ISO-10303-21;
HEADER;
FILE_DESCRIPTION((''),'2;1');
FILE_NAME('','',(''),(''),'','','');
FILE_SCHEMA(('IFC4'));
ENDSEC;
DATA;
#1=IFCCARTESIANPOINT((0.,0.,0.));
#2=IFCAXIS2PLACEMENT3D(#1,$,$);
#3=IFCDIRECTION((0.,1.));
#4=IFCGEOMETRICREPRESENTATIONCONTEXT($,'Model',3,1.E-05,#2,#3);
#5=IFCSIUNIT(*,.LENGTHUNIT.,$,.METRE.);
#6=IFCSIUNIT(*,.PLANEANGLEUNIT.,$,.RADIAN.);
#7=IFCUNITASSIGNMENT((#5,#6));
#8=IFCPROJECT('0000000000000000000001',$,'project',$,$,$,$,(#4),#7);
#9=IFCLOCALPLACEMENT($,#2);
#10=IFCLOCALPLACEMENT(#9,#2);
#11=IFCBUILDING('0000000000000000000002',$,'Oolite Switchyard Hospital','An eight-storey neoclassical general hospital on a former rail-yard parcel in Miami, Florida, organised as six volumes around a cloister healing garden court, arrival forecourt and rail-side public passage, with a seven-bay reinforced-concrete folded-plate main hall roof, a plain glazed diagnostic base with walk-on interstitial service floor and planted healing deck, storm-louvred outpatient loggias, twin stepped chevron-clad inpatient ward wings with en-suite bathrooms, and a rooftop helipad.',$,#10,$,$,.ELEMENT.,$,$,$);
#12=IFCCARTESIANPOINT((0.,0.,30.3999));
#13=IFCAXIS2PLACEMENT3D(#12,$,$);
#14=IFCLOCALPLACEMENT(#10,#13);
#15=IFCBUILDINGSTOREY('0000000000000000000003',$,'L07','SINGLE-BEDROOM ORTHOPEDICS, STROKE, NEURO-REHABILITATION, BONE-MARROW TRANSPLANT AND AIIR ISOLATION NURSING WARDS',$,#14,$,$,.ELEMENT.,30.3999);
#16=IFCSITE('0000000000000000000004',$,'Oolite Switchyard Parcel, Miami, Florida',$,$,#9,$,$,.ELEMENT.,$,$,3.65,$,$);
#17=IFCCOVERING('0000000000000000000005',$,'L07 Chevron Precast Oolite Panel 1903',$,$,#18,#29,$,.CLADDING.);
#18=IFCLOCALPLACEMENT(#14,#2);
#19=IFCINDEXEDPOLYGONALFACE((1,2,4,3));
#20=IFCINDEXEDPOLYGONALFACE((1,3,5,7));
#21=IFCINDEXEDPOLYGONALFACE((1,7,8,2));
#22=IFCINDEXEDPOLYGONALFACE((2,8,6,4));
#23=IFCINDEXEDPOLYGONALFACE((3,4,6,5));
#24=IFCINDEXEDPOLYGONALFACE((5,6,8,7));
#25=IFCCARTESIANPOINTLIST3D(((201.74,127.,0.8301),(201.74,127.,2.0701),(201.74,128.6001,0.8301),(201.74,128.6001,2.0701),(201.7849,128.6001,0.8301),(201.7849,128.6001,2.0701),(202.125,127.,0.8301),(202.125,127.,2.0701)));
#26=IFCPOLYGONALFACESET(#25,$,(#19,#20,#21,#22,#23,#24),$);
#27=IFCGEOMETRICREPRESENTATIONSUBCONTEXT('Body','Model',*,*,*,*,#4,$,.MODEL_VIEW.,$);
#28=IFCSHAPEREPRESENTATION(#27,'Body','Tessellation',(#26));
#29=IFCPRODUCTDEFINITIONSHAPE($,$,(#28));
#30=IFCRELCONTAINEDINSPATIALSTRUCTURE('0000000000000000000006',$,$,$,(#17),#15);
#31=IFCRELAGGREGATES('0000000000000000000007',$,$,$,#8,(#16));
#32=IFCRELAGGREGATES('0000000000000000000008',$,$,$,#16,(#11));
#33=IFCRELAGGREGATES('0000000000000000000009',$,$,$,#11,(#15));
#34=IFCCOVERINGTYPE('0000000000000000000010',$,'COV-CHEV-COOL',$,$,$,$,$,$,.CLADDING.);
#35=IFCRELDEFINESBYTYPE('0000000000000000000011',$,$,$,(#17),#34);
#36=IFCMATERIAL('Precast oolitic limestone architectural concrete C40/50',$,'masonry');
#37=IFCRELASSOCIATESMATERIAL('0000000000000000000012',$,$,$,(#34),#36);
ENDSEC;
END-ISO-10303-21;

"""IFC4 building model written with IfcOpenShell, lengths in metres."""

from ifc_helpers import new_model, si_unit, direction, frame, origin, place, context, subcontext, project, spatial, polyline, outline, extrude, material, type_object, element, save


model = new_model("IFC4")

# Units and contexts
model_context = context("Model", 3, precision=1e-05, world=origin(), true_north=direction((0.0, 1.0)))
body_context = subcontext(model_context, "Body", "Model", "MODEL_VIEW")
ifc_project = project(units=[si_unit("LENGTHUNIT", "METRE"), si_unit("PLANEANGLEUNIT", "RADIAN")], contexts=[model_context])

# Site, building, storey
site_placement = place(None, origin())
site = spatial("IfcSite", under=ifc_project, at=site_placement, Name="Oolite Switchyard Parcel, Miami, Florida", CompositionType="ELEMENT", RefElevation=3.65)
building_placement = place(site_placement, origin())
building = spatial("IfcBuilding", under=site, at=building_placement, Name="Oolite Switchyard Hospital", Description="An eight-storey neoclassical general hospital on a former rail-yard parcel in Miami, Florida, organised as six volumes around a cloister healing garden court, arrival forecourt and rail-side public passage, with a seven-bay reinforced-concrete folded-plate main hall roof, a plain glazed diagnostic base with walk-on interstitial service floor and planted healing deck, storm-louvred outpatient loggias, twin stepped chevron-clad inpatient ward wings with en-suite bathrooms, and a rooftop helipad.", CompositionType="ELEMENT")
storey_placement = place(building_placement, frame((0.0, 0.0, 30.3999)))
storey = spatial("IfcBuildingStorey", under=building, at=storey_placement, Name="L07", Description="SINGLE-BEDROOM ORTHOPEDICS, STROKE, NEURO-REHABILITATION, BONE-MARROW TRANSPLANT AND AIIR ISOLATION NURSING WARDS", CompositionType="ELEMENT", Elevation=30.3999)

# Shared definitions
ifc_material_1 = material(Name="Precast oolitic limestone architectural concrete C40/50", Category="masonry")

# Covering
covering_type = type_object("IfcCoveringType", Name="COV-CHEV-COOL", PredefinedType="CLADDING", material=ifc_material_1)
covering_1_placement = place(storey_placement, frame((201.74, 128.6001, 0.8301), z_axis=(0.0, 0.0, 1.0), x_axis=(0.0, -1.0, 0.0)))
element("IfcCovering", 1, at=covering_1_placement, inside=storey, type_object=covering_type, Name="L07 Chevron Precast Oolite Panel 1903", PredefinedType="CLADDING", context=body_context, shape_type="SweptSolid", body=[
    extrude(outline(polyline([(0.0, 0.0), (1.6001, 0.0), (1.6001, 0.385), (0.0, 0.0449), (0.0, 0.0)])), origin(), (0.0, 0.0, 1.0), 1.24),
])

save(model, "model.ifc")
